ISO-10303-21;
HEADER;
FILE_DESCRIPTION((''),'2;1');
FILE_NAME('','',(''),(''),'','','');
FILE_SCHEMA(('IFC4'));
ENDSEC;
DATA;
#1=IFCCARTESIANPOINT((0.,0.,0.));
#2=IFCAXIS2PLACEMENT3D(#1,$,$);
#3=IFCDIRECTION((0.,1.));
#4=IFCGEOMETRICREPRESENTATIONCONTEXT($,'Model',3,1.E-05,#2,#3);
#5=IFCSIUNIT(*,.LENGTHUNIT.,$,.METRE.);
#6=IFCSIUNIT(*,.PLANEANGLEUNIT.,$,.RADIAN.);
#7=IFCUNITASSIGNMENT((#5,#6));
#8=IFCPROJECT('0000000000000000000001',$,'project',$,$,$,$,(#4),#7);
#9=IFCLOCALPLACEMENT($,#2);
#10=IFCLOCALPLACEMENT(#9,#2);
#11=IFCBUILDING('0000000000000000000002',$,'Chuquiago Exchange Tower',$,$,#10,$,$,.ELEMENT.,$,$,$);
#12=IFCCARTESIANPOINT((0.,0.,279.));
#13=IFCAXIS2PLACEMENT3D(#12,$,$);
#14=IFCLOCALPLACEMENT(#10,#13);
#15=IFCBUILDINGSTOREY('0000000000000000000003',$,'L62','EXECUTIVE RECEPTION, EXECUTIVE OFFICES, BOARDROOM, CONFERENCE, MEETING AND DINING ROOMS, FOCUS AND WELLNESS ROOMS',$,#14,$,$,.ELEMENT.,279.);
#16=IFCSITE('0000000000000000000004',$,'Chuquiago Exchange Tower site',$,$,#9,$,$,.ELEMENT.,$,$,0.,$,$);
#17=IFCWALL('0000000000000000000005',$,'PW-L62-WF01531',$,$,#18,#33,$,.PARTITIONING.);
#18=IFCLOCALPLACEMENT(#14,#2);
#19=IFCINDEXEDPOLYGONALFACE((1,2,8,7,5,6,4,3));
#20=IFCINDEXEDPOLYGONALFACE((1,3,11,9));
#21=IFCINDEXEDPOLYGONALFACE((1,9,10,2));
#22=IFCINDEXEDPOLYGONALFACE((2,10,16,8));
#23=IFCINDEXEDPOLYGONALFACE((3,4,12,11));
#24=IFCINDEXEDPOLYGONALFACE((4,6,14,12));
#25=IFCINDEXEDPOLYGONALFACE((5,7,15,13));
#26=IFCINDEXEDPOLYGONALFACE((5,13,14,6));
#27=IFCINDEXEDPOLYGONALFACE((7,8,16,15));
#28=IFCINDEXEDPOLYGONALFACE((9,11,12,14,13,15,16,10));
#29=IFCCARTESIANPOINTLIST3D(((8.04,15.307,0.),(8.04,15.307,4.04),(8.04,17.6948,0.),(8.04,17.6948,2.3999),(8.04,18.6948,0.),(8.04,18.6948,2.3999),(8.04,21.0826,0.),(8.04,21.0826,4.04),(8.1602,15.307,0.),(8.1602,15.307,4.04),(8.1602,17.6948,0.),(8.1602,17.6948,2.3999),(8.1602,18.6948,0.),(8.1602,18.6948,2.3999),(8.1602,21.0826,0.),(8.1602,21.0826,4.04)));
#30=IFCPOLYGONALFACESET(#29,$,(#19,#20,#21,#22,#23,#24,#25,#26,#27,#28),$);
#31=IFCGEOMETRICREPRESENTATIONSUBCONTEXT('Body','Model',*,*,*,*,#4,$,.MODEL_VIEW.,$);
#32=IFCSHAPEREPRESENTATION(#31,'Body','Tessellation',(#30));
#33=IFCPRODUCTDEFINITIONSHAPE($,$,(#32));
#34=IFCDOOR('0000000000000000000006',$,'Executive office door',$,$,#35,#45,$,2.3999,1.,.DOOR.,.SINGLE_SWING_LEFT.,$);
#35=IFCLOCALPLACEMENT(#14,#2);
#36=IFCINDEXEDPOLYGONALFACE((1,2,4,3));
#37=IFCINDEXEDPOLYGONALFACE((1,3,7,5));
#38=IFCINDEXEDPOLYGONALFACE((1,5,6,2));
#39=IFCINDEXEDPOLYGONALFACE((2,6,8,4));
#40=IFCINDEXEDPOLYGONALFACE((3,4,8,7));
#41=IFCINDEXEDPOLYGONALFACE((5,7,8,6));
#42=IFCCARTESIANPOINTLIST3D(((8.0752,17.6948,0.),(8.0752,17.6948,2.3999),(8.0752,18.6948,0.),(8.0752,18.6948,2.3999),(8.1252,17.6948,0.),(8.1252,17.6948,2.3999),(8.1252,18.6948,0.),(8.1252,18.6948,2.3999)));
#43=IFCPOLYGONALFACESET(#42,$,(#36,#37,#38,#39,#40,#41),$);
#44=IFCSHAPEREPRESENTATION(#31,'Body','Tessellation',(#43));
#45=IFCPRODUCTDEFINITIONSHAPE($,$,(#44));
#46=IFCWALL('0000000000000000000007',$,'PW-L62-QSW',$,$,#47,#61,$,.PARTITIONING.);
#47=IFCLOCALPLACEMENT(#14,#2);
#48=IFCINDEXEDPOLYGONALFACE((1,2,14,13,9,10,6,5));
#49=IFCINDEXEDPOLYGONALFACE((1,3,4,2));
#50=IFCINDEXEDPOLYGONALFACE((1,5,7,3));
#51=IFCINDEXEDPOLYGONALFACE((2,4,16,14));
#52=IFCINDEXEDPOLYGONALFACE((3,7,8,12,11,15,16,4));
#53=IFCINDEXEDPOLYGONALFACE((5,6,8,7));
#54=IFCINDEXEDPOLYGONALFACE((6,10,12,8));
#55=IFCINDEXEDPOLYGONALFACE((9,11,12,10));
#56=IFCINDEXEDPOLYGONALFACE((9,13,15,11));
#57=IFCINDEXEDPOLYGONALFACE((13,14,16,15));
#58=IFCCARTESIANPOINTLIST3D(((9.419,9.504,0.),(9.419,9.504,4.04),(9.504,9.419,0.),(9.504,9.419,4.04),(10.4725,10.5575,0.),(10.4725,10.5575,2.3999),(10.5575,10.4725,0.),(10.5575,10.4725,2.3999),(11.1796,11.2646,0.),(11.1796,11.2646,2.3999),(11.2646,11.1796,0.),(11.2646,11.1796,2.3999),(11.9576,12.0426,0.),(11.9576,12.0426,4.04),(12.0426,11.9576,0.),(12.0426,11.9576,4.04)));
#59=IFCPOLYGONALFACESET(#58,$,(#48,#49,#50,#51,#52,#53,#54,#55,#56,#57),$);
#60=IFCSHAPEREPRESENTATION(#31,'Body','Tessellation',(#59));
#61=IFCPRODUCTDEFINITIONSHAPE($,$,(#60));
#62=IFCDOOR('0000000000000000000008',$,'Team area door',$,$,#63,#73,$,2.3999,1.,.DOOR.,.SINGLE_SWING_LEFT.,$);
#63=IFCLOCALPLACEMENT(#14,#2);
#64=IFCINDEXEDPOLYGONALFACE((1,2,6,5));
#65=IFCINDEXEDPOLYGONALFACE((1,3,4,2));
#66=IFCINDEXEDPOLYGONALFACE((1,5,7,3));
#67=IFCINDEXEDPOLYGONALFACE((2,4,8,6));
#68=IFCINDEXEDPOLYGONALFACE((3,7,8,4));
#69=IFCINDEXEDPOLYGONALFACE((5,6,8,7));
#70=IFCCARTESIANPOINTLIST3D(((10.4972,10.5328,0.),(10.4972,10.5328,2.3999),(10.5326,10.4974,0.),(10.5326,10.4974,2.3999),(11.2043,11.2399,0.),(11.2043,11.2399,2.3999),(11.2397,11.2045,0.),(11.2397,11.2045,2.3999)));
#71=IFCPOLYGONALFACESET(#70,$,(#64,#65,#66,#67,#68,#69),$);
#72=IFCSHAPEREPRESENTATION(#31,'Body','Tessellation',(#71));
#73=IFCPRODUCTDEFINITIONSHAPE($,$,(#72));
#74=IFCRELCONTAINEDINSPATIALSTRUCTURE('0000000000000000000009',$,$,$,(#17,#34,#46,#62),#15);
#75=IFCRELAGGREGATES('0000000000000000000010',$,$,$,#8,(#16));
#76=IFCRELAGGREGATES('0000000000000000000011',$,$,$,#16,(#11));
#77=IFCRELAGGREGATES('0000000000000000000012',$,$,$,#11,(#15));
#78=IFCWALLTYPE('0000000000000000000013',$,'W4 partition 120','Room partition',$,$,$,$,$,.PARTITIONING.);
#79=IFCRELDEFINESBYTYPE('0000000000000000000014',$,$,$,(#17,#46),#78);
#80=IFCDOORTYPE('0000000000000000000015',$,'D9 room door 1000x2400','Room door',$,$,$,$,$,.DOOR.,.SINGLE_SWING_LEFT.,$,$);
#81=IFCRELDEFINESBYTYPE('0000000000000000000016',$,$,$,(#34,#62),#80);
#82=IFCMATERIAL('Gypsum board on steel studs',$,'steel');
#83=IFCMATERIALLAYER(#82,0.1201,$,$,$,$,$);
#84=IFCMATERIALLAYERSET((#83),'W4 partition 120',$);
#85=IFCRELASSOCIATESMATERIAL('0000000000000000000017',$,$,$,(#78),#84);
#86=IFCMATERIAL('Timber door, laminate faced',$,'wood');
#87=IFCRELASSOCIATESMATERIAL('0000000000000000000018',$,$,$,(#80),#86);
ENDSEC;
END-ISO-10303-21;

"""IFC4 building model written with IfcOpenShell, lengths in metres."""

from ifc_helpers import new_model, si_unit, direction, frame, frame_2d, origin, place, context, subcontext, project, spatial, rectangle, extrude, material, layer, layer_set, type_object, element, fill, save


model = new_model("IFC4")

# Units and contexts
model_context = context("Model", 3, precision=1e-05, world=origin(), true_north=direction((0.0, 1.0)))
body_context = subcontext(model_context, "Body", "Model", "MODEL_VIEW")
ifc_project = project(units=[si_unit("LENGTHUNIT", "METRE"), si_unit("PLANEANGLEUNIT", "RADIAN")], contexts=[model_context])

# Site, building, storey
site_placement = place(None, origin())
site = spatial("IfcSite", under=ifc_project, at=site_placement, Name="Chuquiago Exchange Tower site", CompositionType="ELEMENT", RefElevation=0.0)
building_placement = place(site_placement, origin())
building = spatial("IfcBuilding", under=site, at=building_placement, Name="Chuquiago Exchange Tower", CompositionType="ELEMENT")
storey_placement = place(building_placement, frame((0.0, 0.0, 279.0)))
storey = spatial("IfcBuildingStorey", under=building, at=storey_placement, Name="L62", Description="EXECUTIVE RECEPTION, EXECUTIVE OFFICES, BOARDROOM, CONFERENCE, MEETING AND DINING ROOMS, FOCUS AND WELLNESS ROOMS", CompositionType="ELEMENT", Elevation=279.0)

# Shared definitions
ifc_material_1 = material(Name="Gypsum board on steel studs", Category="steel")
ifc_layer_1 = layer(ifc_material_1, 0.1201)
ifc_layer_set_1 = layer_set([ifc_layer_1], Name="W4 partition 120")
wall_type_1 = type_object("IfcWallType", Name="W4 partition 120", Description="Room partition", PredefinedType="PARTITIONING", material=ifc_layer_set_1)

# Walls, openings, doors
wall_1_placement = place(storey_placement, frame((8.1001, 15.3071, 0.0), z_axis=(0.0, 0.0, 1.0), x_axis=(0.0, 1.0, 0.0)))
wall_1 = element("IfcWall", 1, at=wall_1_placement, inside=storey, type_object=wall_type_1, Name="PW-L62-WF01531", PredefinedType="PARTITIONING", context=body_context, shape_type="SweptSolid", body=[
    extrude(rectangle(XDim=5.7756, YDim=0.1201, at=frame_2d((2.8877, 0.0))), origin(), (0.0, 0.0, 1.0), 4.04),
])
opening_1_placement = place(wall_1_placement, frame((2.3877, 0.0, 0.0)))
opening_1 = element("IfcOpeningElement", 2, at=opening_1_placement, cuts=wall_1, PredefinedType="OPENING", context=body_context, shape_type="SweptSolid", body=[
    extrude(rectangle(XDim=1.0, YDim=2.3999, at=frame_2d((0.5, 1.2))), frame((0.0, 0.0701, 0.0), z_axis=(0.0, -1.0, 0.0), x_axis=(1.0, 0.0, 0.0)), (0.0, 0.0, 1.0), 0.1401),
])
ifc_material_2 = material(Name="Timber door, laminate faced", Category="wood")
door_type_1 = type_object("IfcDoorType", Name="D9 room door 1000x2400", Description="Room door", OperationType="SINGLE_SWING_LEFT", PredefinedType="DOOR", material=ifc_material_2)
door_1_placement = place(opening_1_placement, origin())
door_1 = element("IfcDoor", 3, at=door_1_placement, inside=storey, type_object=door_type_1, Name="Executive office door", OperationType="SINGLE_SWING_LEFT", OverallHeight=2.3999, OverallWidth=1.0, PredefinedType="DOOR", context=body_context, shape_type="SweptSolid", body=[
    extrude(rectangle(XDim=1.0, YDim=2.3999, at=frame_2d((0.5, 1.2))), frame((0.0, 0.0249, 0.0), z_axis=(0.0, -1.0, 0.0), x_axis=(1.0, 0.0, 0.0)), (0.0, 0.0, 1.0), 0.05),
])
fill(opening_1, door_1)
wall_2_placement = place(storey_placement, frame((12.0, 12.0, 0.0), z_axis=(0.0, 0.0, 1.0), x_axis=(-0.707107, -0.707107, 0.0)))
wall_2 = element("IfcWall", 4, at=wall_2_placement, inside=storey, type_object=wall_type_1, Name="PW-L62-QSW", PredefinedType="PARTITIONING", context=body_context, shape_type="SweptSolid", body=[
    extrude(rectangle(XDim=3.5901, YDim=0.1201, at=frame_2d((1.7949, 0.0))), origin(), (0.0, 0.0, 1.0), 4.04),
])
opening_2_placement = place(wall_2_placement, frame((1.1001, 0.0, 0.0)))
opening_2 = element("IfcOpeningElement", 5, at=opening_2_placement, cuts=wall_2, PredefinedType="OPENING", context=body_context, shape_type="SweptSolid", body=[
    extrude(rectangle(XDim=1.0, YDim=2.3999, at=frame_2d((0.5, 1.2))), frame((0.0, 0.0701, 0.0), z_axis=(0.0, -1.0, 0.0), x_axis=(1.0, 0.0, 0.0)), (0.0, 0.0, 1.0), 0.1401),
])
door_2_placement = place(opening_2_placement, origin())
door_2 = element("IfcDoor", 6, at=door_2_placement, inside=storey, type_object=door_type_1, Name="Team area door", OperationType="SINGLE_SWING_LEFT", OverallHeight=2.3999, OverallWidth=1.0, PredefinedType="DOOR", context=body_context, shape_type="SweptSolid", body=[
    extrude(rectangle(XDim=1.0, YDim=2.3999, at=frame_2d((0.5, 1.2))), frame((0.0, 0.0249, 0.0), z_axis=(0.0, -1.0, 0.0), x_axis=(1.0, 0.0, 0.0)), (0.0, 0.0, 1.0), 0.05),
])
fill(opening_2, door_2)

save(model, "model.ifc")
